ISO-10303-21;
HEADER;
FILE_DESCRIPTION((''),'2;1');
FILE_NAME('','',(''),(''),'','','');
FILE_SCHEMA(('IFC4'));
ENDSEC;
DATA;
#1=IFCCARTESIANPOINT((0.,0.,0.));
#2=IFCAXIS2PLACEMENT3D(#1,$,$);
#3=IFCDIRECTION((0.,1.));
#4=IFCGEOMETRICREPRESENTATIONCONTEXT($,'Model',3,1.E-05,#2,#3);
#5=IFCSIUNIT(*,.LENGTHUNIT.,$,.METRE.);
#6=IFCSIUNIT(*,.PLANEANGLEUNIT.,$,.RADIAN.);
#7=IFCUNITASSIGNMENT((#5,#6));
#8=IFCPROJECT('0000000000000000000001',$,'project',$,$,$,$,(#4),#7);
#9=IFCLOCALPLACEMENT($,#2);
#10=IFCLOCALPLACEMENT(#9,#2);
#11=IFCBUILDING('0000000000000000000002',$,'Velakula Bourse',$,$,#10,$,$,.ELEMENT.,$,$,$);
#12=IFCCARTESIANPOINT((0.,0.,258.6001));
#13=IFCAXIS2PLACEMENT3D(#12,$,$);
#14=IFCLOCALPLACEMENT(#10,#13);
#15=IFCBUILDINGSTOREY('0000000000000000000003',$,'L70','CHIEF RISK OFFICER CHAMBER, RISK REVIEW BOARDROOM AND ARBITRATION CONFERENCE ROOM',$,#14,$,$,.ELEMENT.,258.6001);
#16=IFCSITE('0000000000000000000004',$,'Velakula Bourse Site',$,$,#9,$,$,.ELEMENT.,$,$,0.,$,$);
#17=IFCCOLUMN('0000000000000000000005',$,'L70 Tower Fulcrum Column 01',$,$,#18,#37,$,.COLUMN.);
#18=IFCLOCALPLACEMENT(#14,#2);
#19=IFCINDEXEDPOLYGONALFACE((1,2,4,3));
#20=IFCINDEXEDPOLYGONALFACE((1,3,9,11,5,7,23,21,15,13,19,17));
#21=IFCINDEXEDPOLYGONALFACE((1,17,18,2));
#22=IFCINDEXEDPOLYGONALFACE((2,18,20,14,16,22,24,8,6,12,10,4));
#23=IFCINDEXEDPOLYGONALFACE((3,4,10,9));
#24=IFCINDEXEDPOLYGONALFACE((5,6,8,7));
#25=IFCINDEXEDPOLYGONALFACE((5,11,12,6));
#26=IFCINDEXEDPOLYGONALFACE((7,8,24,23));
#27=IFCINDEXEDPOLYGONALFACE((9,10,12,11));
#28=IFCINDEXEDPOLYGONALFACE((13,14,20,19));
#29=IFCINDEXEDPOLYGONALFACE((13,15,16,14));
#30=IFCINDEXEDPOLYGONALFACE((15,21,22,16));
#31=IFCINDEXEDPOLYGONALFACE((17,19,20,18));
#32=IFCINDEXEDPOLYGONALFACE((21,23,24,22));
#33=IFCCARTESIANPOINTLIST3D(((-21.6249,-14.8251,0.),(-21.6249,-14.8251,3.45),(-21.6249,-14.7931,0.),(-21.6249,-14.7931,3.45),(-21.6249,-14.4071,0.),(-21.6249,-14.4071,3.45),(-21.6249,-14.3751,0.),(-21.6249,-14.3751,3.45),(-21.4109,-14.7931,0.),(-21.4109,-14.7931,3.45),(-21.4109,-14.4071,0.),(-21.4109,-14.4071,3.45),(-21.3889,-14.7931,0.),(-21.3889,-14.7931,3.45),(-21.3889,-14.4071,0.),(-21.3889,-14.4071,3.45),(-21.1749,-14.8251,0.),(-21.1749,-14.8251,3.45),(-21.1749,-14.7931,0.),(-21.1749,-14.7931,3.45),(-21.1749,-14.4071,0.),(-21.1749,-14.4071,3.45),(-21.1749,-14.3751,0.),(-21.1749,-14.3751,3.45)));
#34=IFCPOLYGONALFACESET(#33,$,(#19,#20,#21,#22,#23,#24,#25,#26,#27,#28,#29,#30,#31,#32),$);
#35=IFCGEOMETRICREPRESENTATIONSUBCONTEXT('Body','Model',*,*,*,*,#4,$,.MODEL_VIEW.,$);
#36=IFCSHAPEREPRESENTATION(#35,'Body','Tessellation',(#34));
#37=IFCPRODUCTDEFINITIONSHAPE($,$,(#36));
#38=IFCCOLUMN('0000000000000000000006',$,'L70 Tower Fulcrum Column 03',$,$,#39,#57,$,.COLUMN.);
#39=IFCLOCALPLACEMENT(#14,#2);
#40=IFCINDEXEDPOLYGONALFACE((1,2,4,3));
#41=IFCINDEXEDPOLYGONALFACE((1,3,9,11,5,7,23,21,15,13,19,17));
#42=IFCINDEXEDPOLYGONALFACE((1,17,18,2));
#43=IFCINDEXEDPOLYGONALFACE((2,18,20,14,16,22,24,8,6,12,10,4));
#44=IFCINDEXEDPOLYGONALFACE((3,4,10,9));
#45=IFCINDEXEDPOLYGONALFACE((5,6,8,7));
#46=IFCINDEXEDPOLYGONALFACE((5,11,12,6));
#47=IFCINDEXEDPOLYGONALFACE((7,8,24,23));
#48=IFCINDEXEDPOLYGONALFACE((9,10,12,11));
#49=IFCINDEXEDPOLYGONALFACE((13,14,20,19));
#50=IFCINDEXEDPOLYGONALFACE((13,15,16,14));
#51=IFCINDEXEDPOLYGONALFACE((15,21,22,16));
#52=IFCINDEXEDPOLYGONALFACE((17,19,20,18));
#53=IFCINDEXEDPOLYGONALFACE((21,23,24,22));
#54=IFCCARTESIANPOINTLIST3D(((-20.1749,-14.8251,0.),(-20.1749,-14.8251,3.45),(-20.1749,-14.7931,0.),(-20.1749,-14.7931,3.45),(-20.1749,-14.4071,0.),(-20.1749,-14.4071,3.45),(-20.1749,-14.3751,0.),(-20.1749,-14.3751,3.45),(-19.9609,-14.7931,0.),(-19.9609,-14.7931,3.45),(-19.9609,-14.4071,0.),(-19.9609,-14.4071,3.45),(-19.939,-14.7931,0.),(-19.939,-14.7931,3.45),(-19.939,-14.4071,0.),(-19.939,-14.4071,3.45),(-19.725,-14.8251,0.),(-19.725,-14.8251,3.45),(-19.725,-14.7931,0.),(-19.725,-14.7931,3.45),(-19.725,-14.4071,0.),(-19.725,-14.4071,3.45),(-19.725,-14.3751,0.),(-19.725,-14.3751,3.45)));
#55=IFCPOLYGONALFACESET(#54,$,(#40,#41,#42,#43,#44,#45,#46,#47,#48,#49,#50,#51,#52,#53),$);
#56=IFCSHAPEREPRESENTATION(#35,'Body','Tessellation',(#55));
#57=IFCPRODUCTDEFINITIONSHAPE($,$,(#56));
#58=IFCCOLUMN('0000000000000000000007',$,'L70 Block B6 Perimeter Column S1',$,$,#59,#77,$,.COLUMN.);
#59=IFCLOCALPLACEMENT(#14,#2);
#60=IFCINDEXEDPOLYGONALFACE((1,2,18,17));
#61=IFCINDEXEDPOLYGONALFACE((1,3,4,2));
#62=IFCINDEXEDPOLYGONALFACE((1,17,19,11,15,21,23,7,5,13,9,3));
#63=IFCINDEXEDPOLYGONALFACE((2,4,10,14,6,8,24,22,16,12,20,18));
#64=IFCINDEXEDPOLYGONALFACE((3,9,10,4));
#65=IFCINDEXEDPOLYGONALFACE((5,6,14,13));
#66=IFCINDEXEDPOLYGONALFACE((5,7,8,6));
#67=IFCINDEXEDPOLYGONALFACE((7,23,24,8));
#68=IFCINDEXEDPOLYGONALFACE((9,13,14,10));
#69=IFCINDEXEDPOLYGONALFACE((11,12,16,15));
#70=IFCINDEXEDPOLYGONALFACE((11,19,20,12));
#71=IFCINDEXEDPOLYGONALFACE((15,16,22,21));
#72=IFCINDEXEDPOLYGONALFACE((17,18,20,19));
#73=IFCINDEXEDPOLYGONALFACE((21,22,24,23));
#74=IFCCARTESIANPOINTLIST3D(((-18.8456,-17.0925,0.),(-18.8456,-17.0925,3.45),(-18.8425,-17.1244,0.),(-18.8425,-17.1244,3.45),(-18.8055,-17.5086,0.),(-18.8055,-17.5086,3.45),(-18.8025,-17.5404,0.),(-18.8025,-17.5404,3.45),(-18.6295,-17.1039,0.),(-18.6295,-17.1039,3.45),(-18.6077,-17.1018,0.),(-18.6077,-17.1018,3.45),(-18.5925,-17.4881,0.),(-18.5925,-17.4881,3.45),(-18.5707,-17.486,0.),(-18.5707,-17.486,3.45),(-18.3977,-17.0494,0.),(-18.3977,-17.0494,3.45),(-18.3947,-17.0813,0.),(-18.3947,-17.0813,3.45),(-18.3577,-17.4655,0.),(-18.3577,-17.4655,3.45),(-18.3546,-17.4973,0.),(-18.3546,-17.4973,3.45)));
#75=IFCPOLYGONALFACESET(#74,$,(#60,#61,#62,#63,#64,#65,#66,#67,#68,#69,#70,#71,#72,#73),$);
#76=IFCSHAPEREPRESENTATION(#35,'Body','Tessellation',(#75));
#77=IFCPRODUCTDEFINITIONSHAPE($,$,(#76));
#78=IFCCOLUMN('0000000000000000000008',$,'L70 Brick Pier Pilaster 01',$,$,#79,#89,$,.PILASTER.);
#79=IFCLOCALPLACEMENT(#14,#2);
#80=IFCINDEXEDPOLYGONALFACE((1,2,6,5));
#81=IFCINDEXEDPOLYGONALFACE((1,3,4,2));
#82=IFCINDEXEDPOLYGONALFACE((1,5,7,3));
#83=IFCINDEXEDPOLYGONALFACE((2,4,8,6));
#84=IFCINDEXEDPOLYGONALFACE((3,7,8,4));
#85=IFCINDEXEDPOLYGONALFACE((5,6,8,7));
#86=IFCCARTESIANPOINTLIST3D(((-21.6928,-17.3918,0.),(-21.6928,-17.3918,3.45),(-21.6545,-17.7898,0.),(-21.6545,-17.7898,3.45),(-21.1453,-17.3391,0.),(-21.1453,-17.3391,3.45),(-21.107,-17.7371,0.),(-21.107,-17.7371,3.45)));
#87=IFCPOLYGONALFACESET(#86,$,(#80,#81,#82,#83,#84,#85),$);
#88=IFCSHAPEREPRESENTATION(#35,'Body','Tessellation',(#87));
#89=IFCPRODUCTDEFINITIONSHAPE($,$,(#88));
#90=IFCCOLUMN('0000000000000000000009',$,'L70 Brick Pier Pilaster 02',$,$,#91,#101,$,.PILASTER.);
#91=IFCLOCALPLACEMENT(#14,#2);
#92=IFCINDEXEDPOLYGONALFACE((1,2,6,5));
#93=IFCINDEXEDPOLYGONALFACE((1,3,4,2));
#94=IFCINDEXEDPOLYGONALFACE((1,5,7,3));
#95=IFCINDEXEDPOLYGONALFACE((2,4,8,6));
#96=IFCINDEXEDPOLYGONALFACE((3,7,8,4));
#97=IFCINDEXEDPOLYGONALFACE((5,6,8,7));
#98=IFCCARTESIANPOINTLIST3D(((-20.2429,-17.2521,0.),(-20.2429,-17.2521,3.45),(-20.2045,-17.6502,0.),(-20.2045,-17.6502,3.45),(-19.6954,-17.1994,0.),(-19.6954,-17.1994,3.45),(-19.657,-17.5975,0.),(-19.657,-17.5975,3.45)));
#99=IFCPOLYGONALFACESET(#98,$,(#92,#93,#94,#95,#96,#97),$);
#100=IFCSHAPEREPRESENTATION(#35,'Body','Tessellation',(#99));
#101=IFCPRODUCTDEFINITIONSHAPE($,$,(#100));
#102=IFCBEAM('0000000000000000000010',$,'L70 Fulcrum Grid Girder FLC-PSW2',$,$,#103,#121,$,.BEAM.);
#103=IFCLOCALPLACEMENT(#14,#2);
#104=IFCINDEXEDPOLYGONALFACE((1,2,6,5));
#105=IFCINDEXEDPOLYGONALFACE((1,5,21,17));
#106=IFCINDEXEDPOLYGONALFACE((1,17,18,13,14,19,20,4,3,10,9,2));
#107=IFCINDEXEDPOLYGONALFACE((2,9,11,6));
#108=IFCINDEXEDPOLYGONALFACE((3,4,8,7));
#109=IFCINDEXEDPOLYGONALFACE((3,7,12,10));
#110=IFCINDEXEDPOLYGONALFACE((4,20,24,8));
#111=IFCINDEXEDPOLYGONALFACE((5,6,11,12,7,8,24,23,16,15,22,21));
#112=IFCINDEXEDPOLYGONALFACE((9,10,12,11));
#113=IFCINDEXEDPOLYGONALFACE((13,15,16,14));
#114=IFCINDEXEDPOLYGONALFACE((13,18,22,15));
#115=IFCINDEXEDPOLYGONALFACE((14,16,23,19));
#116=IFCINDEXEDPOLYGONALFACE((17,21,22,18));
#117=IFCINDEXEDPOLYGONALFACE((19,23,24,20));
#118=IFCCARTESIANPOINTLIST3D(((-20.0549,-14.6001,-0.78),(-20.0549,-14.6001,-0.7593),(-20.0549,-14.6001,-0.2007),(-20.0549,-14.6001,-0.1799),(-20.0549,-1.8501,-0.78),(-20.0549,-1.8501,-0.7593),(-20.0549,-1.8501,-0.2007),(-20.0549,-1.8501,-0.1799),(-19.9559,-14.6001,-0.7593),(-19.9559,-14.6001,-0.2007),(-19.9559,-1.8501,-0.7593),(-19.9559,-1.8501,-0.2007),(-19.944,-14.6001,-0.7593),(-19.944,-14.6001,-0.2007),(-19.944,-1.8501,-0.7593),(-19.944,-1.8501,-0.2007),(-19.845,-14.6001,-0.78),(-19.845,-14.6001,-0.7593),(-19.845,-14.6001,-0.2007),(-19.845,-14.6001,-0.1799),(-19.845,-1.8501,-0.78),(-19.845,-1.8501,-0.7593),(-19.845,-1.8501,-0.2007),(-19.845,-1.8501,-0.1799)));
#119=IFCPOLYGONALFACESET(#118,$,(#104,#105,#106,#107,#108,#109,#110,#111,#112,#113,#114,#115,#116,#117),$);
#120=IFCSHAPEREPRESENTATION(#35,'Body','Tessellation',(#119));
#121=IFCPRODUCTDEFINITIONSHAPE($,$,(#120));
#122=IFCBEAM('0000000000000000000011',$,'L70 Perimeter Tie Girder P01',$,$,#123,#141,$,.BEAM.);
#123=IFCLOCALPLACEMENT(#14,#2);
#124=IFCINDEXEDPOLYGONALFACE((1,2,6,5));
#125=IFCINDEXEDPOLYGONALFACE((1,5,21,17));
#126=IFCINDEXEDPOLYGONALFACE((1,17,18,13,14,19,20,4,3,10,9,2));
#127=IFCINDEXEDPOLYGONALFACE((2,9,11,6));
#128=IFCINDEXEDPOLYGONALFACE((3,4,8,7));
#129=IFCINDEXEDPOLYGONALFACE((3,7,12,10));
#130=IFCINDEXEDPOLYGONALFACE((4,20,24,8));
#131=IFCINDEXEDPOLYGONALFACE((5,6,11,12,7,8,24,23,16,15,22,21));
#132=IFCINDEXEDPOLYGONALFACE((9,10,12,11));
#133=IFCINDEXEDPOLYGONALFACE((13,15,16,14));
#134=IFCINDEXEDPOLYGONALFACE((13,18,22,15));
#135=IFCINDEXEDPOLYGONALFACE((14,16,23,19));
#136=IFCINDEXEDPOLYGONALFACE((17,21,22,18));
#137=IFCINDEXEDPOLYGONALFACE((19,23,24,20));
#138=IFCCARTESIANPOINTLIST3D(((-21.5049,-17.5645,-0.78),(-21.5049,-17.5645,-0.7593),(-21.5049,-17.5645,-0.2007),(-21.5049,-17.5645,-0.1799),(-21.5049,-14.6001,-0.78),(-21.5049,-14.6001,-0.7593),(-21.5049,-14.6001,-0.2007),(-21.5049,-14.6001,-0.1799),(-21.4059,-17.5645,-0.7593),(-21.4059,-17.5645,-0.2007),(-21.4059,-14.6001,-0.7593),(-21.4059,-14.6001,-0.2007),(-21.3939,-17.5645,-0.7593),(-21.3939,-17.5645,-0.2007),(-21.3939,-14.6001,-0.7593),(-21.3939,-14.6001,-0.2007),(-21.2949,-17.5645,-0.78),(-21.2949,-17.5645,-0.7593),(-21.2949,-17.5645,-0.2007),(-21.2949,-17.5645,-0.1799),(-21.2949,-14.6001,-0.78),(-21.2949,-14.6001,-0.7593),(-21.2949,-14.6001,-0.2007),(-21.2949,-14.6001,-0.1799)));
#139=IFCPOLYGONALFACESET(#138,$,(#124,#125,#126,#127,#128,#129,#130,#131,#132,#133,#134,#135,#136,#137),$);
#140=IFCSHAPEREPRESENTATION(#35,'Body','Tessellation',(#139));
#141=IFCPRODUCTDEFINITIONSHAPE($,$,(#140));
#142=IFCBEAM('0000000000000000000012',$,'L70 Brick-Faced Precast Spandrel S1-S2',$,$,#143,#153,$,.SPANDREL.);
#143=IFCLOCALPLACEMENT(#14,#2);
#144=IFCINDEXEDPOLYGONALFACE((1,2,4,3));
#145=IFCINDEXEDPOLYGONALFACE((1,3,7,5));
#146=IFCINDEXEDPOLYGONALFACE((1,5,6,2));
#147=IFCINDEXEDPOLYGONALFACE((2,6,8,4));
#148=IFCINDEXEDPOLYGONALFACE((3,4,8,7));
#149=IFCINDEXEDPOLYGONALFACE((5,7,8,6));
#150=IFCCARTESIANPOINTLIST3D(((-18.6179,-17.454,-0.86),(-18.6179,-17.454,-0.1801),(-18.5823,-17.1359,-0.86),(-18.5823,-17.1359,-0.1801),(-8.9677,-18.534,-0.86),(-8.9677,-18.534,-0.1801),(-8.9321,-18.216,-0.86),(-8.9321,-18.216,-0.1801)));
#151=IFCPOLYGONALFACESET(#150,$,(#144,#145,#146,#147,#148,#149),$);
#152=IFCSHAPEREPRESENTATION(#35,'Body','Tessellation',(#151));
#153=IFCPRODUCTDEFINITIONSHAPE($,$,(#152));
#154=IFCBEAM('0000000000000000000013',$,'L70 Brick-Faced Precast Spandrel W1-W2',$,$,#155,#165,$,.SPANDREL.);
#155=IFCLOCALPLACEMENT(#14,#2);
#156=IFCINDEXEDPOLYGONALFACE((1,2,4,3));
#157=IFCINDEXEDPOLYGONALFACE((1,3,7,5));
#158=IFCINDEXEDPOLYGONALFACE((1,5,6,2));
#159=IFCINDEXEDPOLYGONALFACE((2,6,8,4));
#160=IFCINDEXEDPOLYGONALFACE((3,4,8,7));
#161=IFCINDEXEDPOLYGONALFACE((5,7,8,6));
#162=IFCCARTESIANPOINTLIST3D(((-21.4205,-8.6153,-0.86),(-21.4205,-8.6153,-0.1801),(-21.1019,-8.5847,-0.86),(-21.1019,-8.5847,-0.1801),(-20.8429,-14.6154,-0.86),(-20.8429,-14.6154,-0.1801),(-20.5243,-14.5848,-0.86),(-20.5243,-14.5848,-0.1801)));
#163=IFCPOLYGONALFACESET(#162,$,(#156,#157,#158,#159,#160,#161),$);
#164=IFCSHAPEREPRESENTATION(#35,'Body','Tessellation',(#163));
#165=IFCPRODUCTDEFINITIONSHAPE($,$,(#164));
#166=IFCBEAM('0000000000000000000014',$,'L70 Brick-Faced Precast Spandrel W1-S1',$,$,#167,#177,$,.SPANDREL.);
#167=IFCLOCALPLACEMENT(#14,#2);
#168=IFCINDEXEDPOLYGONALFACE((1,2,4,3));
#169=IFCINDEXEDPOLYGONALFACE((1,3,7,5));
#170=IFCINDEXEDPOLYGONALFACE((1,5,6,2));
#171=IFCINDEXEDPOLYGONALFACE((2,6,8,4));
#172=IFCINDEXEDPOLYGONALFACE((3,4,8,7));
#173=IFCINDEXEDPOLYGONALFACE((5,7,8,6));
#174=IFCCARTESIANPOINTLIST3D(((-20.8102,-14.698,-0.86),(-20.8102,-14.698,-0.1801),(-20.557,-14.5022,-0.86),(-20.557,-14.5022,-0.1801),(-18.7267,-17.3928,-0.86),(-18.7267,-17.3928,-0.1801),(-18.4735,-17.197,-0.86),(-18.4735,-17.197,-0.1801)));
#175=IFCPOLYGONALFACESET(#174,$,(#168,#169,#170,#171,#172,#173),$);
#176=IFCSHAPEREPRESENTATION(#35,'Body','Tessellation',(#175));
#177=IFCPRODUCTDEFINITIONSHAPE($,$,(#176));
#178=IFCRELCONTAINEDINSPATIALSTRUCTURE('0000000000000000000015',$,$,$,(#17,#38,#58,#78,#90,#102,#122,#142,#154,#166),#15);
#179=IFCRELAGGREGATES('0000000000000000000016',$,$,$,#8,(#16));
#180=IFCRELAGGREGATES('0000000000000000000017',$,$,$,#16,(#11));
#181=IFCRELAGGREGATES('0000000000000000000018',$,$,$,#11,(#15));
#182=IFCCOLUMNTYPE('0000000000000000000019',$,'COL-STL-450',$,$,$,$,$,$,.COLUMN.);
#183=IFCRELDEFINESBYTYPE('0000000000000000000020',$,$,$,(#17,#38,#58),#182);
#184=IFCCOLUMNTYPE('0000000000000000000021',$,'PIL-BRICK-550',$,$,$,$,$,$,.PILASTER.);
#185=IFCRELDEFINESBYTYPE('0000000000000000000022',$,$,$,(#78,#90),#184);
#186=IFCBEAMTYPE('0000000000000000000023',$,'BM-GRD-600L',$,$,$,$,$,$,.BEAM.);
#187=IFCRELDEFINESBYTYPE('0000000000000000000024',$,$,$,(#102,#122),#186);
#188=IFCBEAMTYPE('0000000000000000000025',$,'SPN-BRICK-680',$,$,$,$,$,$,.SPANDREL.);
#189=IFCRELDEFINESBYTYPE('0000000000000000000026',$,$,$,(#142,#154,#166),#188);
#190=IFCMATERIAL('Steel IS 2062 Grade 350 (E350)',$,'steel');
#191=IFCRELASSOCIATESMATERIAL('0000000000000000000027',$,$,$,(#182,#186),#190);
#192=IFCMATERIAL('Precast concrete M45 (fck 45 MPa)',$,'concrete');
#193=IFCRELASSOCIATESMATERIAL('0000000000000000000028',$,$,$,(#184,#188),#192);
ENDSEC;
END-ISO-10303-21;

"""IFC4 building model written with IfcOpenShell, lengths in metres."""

from ifc_helpers import new_model, si_unit, direction, frame, origin, origin_2d, place, context, subcontext, project, spatial, rectangle, i_section, extrude, material, material_profile, profile_set, type_object, element, save


model = new_model("IFC4")

# Units and contexts
model_context = context("Model", 3, precision=1e-05, world=origin(), true_north=direction((0.0, 1.0)))
body_context = subcontext(model_context, "Body", "Model", "MODEL_VIEW")
ifc_project = project(units=[si_unit("LENGTHUNIT", "METRE"), si_unit("PLANEANGLEUNIT", "RADIAN")], contexts=[model_context])

# Site, building, storey
site_placement = place(None, origin())
site = spatial("IfcSite", under=ifc_project, at=site_placement, Name="Velakula Bourse Site", CompositionType="ELEMENT", RefElevation=0.0)
building_placement = place(site_placement, origin())
building = spatial("IfcBuilding", under=site, at=building_placement, Name="Velakula Bourse", CompositionType="ELEMENT")
storey_placement = place(building_placement, frame((0.0, 0.0, 258.6001)))
storey = spatial("IfcBuildingStorey", under=building, at=storey_placement, Name="L70", Description="CHIEF RISK OFFICER CHAMBER, RISK REVIEW BOARDROOM AND ARBITRATION CONFERENCE ROOM", CompositionType="ELEMENT", Elevation=258.6001)

# Columns
ifc_material_1 = material(Name="Steel IS 2062 Grade 350 (E350)", Category="steel")
ifc_material_profile_1 = material_profile(ifc_material_1, i_section(OverallWidth=0.45, OverallDepth=0.45, WebThickness=0.022, FlangeThickness=0.032, at=origin_2d()), Name="Steel IS 2062 Grade 350 (E350)")
ifc_profile_set_1 = profile_set([ifc_material_profile_1], Name="Steel IS 2062 Grade 350 (E350)")
column_type_1 = type_object("IfcColumnType", Name="COL-STL-450", PredefinedType="COLUMN", material=ifc_profile_set_1)
for number, where, z_axis, x_axis, name in (
    (1, (-21.3999, -14.6001, 0.0), (0.0, 0.0, 1.0), (1.0, 0.0, 0.0), "L70 Tower Fulcrum Column 01"),
    (2, (-19.95, -14.6001, 0.0), (0.0, 0.0, 1.0), (1.0, 0.0, 0.0), "L70 Tower Fulcrum Column 03"),
    (3, (-18.6001, -17.2949, 0.0), (0.0, 0.0, 1.0), (0.995396, 0.095846, 0.0), "L70 Block B6 Perimeter Column S1"),
):
    element("IfcColumn", number, at=place(storey_placement, frame(where, z_axis=z_axis, x_axis=x_axis)), inside=storey, type_object=column_type_1, Name=name, PredefinedType="COLUMN", context=body_context, shape_type="SweptSolid", body=[
        extrude(i_section(OverallWidth=0.45, OverallDepth=0.45, WebThickness=0.022, FlangeThickness=0.032, at=origin_2d()), origin(), (0.0, 0.0, 1.0), 3.45),
    ])
ifc_material_2 = material(Name="Precast concrete M45 (fck 45 MPa)", Category="concrete")
ifc_material_profile_2 = material_profile(ifc_material_2, rectangle(XDim=0.55, YDim=0.3999, at=origin_2d()), Name="Precast concrete M45 (fck 45 MPa)")
ifc_profile_set_2 = profile_set([ifc_material_profile_2], Name="Precast concrete M45 (fck 45 MPa)")
column_type_2 = type_object("IfcColumnType", Name="PIL-BRICK-550", PredefinedType="PILASTER", material=ifc_profile_set_2)
for number, where, z_axis, x_axis, name in (
    (4, (-21.3999, -17.5645, 0.0), (0.0, 0.0, 1.0), (0.995396, 0.095846, 0.0), "L70 Brick Pier Pilaster 01"),
    (5, (-19.95, -17.4248, 0.0), (0.0, 0.0, 1.0), (0.995396, 0.095846, 0.0), "L70 Brick Pier Pilaster 02"),
):
    element("IfcColumn", number, at=place(storey_placement, frame(where, z_axis=z_axis, x_axis=x_axis)), inside=storey, type_object=column_type_2, Name=name, PredefinedType="PILASTER", context=body_context, shape_type="SweptSolid", body=[
        extrude(rectangle(XDim=0.55, YDim=0.3999, at=origin_2d()), origin(), (0.0, 0.0, 1.0), 3.45),
    ])

# Beams
ifc_material_profile_3 = material_profile(ifc_material_1, i_section(OverallWidth=0.21, OverallDepth=0.6001, WebThickness=0.012, FlangeThickness=0.0208, at=origin_2d()), Name="Steel IS 2062 Grade 350 (E350)")
ifc_profile_set_3 = profile_set([ifc_material_profile_3], Name="Steel IS 2062 Grade 350 (E350)")
beam_type_1 = type_object("IfcBeamType", Name="BM-GRD-600L", PredefinedType="BEAM", material=ifc_profile_set_3)
beam_1_placement = place(storey_placement, frame((-19.95, -14.6001, -0.48), z_axis=(0.0, 1.0, 0.0), x_axis=(-1.0, 0.0, 0.0)))
element("IfcBeam", 6, at=beam_1_placement, inside=storey, type_object=beam_type_1, Name="L70 Fulcrum Grid Girder FLC-PSW2", PredefinedType="BEAM", context=body_context, shape_type="SweptSolid", body=[
    extrude(i_section(OverallWidth=0.21, OverallDepth=0.6001, WebThickness=0.012, FlangeThickness=0.0208, at=origin_2d()), origin(), (0.0, 0.0, 1.0), 12.75),
])
beam_2_placement = place(storey_placement, frame((-21.3999, -14.6001, -0.48), z_axis=(0.0, -1.0, 0.0), x_axis=(1.0, 0.0, 0.0)))
element("IfcBeam", 7, at=beam_2_placement, inside=storey, type_object=beam_type_1, Name="L70 Perimeter Tie Girder P01", PredefinedType="BEAM", context=body_context, shape_type="SweptSolid", body=[
    extrude(i_section(OverallWidth=0.21, OverallDepth=0.6001, WebThickness=0.012, FlangeThickness=0.0208, at=origin_2d()), origin(), (0.0, 0.0, 1.0), 2.9644),
])
ifc_material_profile_4 = material_profile(ifc_material_2, rectangle(XDim=0.3201, YDim=0.6799, at=origin_2d()), Name="Precast concrete M45 (fck 45 MPa)")
ifc_profile_set_4 = profile_set([ifc_material_profile_4], Name="Precast concrete M45 (fck 45 MPa)")
beam_type_2 = type_object("IfcBeamType", Name="SPN-BRICK-680", PredefinedType="SPANDREL", material=ifc_profile_set_4)
beam_3_placement = place(storey_placement, frame((-18.6001, -17.2949, -0.52), z_axis=(0.993795, -0.111229, 0.0), x_axis=(0.111229, 0.993795, 0.0)))
element("IfcBeam", 8, at=beam_3_placement, inside=storey, type_object=beam_type_2, Name="L70 Brick-Faced Precast Spandrel S1-S2", PredefinedType="SPANDREL", context=body_context, shape_type="SweptSolid", body=[
    extrude(rectangle(XDim=0.3201, YDim=0.6799, at=origin_2d()), origin(), (0.0, 0.0, 1.0), 9.7104),
])
beam_4_placement = place(storey_placement, frame((-20.6836, -14.6001, -0.52), z_axis=(-0.09583, 0.995398, 0.0), x_axis=(-0.995398, -0.09583, 0.0)))
element("IfcBeam", 9, at=beam_4_placement, inside=storey, type_object=beam_type_2, Name="L70 Brick-Faced Precast Spandrel W1-W2", PredefinedType="SPANDREL", context=body_context, shape_type="SweptSolid", body=[
    extrude(rectangle(XDim=0.3201, YDim=0.6799, at=origin_2d()), origin(), (0.0, 0.0, 1.0), 6.0278),
])
beam_5_placement = place(storey_placement, frame((-20.6836, -14.6001, -0.52), z_axis=(0.611656, -0.791124, 0.0), x_axis=(0.791124, 0.611656, 0.0)))
element("IfcBeam", 10, at=beam_5_placement, inside=storey, type_object=beam_type_2, Name="L70 Brick-Faced Precast Spandrel W1-S1", PredefinedType="SPANDREL", context=body_context, shape_type="SweptSolid", body=[
    extrude(rectangle(XDim=0.3201, YDim=0.6799, at=origin_2d()), origin(), (0.0, 0.0, 1.0), 3.4062),
])

save(model, "model.ifc")
